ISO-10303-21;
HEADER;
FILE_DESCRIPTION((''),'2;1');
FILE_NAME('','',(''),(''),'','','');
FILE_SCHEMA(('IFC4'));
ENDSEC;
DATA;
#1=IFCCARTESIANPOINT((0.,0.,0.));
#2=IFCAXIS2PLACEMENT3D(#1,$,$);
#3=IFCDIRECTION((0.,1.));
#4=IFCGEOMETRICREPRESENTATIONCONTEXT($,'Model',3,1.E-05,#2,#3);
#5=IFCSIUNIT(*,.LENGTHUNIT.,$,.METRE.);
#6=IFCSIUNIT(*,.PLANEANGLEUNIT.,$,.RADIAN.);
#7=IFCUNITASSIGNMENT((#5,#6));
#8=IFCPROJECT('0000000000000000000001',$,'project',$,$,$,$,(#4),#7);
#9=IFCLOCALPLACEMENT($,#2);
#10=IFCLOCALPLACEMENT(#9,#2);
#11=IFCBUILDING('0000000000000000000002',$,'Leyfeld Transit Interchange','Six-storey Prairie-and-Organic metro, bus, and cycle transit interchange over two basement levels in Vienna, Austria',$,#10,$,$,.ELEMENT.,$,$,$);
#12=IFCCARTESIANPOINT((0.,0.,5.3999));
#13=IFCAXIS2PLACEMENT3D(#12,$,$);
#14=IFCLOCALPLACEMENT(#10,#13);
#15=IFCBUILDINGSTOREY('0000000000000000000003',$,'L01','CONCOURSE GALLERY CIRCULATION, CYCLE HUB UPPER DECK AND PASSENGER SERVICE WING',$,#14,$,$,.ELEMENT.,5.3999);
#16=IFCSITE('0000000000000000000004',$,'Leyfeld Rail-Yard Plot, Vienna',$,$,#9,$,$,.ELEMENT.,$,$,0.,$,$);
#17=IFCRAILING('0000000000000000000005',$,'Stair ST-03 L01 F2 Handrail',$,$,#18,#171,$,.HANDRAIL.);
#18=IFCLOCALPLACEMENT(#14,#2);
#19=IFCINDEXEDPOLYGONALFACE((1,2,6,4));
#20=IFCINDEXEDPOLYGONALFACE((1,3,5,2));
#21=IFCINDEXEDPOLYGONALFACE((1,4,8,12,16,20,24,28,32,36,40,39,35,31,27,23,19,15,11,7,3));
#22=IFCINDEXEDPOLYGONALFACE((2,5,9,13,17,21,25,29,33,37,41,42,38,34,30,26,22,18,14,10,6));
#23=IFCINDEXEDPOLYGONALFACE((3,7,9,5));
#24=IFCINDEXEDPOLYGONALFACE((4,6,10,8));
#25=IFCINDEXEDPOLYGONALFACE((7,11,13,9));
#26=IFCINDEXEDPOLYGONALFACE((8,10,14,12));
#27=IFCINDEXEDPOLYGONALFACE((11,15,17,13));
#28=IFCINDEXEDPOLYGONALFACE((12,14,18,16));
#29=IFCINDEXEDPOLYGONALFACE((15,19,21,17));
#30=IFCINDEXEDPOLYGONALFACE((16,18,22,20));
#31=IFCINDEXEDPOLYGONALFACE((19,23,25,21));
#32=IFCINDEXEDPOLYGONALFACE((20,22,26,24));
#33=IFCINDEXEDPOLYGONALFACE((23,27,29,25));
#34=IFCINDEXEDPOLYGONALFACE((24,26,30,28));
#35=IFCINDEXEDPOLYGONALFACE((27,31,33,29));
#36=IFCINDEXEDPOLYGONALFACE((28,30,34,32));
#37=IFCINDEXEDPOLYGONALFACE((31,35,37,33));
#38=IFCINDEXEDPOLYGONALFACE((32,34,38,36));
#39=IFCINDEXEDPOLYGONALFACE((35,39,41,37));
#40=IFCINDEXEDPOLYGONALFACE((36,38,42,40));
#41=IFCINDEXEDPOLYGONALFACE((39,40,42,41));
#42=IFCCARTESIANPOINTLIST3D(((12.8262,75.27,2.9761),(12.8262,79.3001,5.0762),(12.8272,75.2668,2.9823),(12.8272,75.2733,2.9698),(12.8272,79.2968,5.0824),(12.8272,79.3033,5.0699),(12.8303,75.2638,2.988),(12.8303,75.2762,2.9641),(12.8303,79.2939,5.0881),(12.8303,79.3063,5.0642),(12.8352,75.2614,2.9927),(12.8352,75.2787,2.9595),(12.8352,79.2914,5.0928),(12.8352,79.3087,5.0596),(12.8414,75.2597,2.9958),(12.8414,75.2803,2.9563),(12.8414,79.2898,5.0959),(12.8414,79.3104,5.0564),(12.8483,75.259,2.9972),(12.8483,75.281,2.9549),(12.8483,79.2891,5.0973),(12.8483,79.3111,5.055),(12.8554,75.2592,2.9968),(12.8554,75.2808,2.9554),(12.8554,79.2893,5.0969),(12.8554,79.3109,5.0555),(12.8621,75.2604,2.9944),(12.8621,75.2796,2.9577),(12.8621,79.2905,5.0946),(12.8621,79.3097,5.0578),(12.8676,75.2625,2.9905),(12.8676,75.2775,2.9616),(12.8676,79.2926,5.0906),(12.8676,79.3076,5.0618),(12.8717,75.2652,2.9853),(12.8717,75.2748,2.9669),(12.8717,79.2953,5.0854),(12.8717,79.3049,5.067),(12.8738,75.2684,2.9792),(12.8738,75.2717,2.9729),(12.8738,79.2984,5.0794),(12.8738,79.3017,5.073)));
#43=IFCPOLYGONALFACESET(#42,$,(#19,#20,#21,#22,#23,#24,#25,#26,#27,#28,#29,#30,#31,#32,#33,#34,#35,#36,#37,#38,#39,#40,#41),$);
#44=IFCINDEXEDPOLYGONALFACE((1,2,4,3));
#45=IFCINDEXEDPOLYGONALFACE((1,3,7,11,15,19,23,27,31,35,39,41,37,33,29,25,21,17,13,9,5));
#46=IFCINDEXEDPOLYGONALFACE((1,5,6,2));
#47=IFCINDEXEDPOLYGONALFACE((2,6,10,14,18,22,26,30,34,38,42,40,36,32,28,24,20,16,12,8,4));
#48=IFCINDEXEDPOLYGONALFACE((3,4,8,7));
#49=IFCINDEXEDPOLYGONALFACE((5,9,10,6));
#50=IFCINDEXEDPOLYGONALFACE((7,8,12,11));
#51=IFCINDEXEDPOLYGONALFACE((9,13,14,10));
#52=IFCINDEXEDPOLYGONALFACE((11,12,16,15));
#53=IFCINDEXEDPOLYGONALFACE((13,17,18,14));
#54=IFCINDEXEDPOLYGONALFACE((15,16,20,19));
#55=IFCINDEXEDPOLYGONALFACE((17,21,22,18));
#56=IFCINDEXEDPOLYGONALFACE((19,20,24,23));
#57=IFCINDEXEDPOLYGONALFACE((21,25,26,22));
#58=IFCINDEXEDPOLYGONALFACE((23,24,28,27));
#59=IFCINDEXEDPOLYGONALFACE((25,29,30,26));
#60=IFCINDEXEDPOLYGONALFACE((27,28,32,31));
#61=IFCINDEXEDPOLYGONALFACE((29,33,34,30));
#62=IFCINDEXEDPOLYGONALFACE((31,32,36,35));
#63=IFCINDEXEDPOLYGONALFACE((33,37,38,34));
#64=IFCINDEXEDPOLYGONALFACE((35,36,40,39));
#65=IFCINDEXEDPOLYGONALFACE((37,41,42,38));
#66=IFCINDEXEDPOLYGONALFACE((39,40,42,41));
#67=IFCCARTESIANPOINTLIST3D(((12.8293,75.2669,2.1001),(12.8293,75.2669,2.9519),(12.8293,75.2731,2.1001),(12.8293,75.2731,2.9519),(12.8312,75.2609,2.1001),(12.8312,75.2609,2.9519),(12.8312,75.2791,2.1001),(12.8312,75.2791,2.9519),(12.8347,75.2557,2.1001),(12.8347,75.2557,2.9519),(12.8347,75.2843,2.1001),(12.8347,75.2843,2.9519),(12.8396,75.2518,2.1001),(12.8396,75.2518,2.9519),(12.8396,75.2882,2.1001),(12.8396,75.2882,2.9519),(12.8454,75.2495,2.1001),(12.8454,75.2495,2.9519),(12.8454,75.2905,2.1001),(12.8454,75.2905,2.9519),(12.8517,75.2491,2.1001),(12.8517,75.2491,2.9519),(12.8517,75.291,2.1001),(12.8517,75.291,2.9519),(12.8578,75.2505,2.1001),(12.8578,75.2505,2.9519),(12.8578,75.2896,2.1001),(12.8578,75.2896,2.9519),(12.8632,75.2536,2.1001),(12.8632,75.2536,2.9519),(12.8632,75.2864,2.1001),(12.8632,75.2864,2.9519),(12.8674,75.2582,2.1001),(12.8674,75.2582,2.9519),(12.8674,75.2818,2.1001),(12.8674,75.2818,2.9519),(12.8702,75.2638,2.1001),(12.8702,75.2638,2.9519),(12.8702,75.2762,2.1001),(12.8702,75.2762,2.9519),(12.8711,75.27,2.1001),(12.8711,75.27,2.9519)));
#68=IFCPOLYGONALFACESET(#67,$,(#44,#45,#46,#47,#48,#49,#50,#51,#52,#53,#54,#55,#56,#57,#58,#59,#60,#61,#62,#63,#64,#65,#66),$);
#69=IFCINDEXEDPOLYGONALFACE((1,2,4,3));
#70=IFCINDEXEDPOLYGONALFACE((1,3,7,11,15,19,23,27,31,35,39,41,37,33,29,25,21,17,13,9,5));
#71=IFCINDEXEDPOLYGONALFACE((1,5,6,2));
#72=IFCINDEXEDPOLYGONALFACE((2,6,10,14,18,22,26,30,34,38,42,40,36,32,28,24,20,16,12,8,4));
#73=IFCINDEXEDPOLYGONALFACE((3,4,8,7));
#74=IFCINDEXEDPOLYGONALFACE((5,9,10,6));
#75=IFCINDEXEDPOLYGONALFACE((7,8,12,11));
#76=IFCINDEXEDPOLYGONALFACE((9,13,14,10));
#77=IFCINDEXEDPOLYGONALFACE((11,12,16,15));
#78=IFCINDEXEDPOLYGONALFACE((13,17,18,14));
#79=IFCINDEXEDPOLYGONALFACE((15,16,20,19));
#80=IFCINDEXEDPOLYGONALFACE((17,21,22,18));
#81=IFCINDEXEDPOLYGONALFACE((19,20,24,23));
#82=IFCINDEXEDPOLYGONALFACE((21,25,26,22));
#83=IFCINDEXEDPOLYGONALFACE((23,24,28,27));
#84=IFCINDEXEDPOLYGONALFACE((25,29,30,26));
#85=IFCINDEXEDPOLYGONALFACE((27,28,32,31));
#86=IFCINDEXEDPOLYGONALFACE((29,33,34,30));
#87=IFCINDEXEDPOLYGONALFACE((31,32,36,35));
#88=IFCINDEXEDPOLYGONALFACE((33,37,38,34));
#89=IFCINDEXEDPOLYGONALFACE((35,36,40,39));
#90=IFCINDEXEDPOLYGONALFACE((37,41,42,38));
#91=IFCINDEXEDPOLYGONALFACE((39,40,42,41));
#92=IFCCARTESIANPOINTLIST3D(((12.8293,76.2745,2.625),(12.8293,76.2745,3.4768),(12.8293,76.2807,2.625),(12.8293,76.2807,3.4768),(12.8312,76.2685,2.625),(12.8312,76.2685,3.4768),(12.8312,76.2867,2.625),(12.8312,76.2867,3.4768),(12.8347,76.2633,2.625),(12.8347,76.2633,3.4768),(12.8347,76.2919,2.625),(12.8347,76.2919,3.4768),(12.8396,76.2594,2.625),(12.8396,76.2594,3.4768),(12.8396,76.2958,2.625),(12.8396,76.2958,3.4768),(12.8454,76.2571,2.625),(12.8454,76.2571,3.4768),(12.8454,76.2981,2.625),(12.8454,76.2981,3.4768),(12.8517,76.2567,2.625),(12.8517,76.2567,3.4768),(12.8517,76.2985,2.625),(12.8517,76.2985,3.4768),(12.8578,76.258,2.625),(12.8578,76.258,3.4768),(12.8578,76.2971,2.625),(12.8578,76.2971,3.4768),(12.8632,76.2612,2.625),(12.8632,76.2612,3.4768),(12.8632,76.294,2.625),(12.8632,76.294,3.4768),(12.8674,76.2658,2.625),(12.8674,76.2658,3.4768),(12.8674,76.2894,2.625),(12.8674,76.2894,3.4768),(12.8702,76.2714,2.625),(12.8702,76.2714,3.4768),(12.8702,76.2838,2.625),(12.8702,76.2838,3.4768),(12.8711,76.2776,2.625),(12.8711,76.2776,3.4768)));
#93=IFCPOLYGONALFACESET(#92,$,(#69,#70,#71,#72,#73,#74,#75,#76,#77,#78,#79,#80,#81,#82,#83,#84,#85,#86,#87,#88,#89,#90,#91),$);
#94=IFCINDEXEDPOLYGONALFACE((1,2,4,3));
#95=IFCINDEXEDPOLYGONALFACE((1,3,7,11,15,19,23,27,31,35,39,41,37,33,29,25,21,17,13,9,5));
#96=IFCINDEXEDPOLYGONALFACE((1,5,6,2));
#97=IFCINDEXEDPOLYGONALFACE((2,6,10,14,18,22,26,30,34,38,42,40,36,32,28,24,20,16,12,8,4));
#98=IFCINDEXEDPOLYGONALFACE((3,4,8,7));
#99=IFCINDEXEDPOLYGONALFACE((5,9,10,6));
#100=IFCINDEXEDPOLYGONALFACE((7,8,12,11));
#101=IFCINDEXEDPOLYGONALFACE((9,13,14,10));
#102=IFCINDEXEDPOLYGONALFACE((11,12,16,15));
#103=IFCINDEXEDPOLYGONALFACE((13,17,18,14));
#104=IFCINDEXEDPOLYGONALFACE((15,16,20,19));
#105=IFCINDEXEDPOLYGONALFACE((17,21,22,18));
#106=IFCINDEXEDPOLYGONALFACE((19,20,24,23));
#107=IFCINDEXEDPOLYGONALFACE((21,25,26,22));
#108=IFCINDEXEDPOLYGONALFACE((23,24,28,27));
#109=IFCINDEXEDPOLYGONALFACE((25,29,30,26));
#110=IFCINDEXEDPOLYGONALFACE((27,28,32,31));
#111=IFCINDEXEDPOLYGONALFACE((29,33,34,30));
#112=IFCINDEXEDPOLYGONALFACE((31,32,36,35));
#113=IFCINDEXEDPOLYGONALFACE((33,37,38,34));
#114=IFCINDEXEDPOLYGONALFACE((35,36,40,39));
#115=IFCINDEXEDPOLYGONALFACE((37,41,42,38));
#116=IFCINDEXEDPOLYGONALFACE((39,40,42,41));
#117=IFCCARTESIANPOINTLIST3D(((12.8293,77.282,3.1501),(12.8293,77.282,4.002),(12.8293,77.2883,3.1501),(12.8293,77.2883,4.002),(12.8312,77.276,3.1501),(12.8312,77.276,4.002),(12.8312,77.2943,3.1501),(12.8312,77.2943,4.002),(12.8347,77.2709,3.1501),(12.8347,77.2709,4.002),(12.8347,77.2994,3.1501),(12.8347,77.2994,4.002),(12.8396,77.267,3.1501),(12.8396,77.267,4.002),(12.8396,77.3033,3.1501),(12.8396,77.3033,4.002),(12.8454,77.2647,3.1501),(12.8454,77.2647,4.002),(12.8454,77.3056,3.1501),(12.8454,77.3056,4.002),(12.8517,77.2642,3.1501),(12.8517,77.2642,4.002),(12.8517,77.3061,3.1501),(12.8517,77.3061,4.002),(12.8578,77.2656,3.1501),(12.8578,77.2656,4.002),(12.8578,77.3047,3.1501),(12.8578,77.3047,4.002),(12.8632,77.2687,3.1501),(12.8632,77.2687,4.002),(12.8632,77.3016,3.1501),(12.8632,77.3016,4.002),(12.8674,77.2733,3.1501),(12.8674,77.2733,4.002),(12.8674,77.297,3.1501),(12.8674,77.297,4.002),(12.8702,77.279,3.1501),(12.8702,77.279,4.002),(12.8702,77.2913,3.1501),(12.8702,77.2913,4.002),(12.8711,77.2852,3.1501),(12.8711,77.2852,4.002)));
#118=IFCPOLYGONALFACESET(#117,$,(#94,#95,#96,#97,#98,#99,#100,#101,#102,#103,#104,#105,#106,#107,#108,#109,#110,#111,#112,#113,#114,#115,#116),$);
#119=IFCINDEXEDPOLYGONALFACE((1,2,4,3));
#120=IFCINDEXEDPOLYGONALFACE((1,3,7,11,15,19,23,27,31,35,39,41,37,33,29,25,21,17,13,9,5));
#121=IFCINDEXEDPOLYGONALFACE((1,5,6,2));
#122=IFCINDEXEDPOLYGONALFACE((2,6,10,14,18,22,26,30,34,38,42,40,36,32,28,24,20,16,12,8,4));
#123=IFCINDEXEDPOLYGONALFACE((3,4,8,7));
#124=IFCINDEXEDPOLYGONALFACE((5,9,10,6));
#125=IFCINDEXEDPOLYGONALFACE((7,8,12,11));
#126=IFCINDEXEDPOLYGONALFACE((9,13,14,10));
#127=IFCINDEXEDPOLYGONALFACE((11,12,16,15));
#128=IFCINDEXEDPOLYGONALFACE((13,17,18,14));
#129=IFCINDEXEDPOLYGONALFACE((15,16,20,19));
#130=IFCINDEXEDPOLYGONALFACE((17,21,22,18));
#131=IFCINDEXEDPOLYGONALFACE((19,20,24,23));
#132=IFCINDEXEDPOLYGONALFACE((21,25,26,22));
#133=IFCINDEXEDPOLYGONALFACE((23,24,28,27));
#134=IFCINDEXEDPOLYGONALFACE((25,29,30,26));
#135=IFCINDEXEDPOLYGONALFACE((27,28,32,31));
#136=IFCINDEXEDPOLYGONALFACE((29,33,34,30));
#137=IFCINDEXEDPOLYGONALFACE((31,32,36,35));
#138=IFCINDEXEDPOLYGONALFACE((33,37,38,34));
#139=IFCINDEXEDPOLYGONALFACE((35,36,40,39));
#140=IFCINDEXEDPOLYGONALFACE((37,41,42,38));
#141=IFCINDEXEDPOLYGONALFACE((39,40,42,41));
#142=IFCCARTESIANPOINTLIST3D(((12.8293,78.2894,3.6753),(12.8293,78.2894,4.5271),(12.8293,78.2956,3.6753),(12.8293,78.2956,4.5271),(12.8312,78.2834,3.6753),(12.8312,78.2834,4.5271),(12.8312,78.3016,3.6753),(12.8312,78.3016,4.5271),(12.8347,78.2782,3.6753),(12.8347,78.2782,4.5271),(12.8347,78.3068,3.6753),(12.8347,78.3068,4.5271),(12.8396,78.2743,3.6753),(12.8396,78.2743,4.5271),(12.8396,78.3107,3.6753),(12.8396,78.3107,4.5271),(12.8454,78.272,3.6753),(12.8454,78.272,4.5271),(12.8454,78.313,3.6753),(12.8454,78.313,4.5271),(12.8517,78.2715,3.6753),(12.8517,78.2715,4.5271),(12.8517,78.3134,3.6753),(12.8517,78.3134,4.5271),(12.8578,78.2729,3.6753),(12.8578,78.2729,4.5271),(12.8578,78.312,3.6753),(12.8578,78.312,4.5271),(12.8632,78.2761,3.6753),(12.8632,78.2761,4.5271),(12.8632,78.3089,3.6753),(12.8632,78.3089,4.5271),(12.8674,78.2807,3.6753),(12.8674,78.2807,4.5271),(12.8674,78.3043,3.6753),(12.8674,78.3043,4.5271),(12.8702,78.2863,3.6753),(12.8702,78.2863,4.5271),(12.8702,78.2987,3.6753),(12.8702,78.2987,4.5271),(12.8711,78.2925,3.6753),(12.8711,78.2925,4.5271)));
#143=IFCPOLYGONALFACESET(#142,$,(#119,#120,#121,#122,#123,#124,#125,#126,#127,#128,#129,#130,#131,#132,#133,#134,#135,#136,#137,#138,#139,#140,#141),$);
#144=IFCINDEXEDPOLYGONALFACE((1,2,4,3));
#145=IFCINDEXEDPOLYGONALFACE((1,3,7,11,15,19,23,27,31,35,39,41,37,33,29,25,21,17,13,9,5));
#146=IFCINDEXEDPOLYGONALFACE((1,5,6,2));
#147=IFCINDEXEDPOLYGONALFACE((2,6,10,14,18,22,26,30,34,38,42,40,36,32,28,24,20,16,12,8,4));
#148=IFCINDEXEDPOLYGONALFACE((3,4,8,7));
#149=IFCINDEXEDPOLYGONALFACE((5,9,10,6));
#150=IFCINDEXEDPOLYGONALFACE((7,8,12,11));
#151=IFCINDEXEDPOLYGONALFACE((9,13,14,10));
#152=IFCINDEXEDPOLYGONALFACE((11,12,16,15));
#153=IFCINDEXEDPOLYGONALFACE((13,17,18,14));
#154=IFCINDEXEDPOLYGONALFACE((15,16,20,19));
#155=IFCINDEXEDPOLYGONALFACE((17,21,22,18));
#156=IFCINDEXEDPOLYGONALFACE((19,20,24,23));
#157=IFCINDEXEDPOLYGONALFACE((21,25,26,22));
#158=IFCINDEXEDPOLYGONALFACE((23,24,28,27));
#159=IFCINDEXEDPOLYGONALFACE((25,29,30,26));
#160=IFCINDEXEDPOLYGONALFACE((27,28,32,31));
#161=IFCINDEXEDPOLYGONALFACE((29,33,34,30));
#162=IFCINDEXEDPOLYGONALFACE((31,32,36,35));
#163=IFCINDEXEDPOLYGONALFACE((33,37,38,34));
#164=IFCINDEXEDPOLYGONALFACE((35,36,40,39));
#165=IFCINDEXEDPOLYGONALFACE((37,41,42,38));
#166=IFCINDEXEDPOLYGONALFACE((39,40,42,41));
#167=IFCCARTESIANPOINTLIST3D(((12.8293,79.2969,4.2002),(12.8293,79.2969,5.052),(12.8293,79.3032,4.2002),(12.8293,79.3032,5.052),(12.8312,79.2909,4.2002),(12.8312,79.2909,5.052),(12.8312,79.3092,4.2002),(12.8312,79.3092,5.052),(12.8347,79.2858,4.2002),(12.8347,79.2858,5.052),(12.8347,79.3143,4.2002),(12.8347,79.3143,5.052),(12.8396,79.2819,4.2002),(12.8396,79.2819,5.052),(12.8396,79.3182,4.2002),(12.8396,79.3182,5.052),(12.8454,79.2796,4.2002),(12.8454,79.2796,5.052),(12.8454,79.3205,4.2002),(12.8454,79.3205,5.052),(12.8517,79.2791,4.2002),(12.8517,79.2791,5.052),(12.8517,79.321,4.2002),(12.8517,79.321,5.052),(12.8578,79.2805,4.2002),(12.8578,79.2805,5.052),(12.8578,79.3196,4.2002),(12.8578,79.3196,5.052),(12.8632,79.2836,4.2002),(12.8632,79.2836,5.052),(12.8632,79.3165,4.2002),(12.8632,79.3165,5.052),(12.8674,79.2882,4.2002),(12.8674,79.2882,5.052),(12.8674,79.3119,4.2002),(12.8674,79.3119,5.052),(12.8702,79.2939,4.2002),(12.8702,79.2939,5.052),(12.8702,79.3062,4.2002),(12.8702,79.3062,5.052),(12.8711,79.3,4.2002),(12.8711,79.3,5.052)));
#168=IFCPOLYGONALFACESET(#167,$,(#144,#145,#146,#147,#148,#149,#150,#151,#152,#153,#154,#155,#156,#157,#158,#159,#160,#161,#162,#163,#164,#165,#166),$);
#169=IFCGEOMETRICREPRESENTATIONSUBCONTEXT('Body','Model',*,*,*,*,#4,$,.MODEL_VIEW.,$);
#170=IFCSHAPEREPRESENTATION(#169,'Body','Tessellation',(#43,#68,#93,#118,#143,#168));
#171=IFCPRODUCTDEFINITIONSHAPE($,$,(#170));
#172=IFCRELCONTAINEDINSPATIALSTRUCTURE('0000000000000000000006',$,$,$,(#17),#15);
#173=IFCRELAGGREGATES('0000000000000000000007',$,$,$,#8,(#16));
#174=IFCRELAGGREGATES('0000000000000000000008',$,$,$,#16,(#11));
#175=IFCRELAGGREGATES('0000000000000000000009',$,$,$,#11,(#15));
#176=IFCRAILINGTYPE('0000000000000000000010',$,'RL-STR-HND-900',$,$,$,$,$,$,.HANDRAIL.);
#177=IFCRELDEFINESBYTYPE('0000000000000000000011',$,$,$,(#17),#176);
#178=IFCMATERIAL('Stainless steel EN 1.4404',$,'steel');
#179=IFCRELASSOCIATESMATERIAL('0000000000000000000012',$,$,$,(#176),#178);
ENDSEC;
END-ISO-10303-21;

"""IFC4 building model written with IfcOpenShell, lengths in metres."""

from ifc_helpers import new_model, si_unit, direction, frame, origin, origin_2d, place, context, subcontext, project, spatial, circle, extrude, material, type_object, element, save


model = new_model("IFC4")

# Units and contexts
model_context = context("Model", 3, precision=1e-05, world=origin(), true_north=direction((0.0, 1.0)))
body_context = subcontext(model_context, "Body", "Model", "MODEL_VIEW")
ifc_project = project(units=[si_unit("LENGTHUNIT", "METRE"), si_unit("PLANEANGLEUNIT", "RADIAN")], contexts=[model_context])

# Site, building, storey
site_placement = place(None, origin())
site = spatial("IfcSite", under=ifc_project, at=site_placement, Name="Leyfeld Rail-Yard Plot, Vienna", CompositionType="ELEMENT", RefElevation=0.0)
building_placement = place(site_placement, origin())
building = spatial("IfcBuilding", under=site, at=building_placement, Name="Leyfeld Transit Interchange", Description="Six-storey Prairie-and-Organic metro, bus, and cycle transit interchange over two basement levels in Vienna, Austria", CompositionType="ELEMENT")
storey_placement = place(building_placement, frame((0.0, 0.0, 5.3999)))
storey = spatial("IfcBuildingStorey", under=building, at=storey_placement, Name="L01", Description="CONCOURSE GALLERY CIRCULATION, CYCLE HUB UPPER DECK AND PASSENGER SERVICE WING", CompositionType="ELEMENT", Elevation=5.3999)

# Shared definitions
ifc_material_1 = material(Name="Stainless steel EN 1.4404", Category="steel")

# Railing
railing_type_1 = type_object("IfcRailingType", Name="RL-STR-HND-900", PredefinedType="HANDRAIL", material=ifc_material_1)
railing_1_placement = place(storey_placement, frame((12.8501, 75.27, 2.1001)))
element("IfcRailing", 1, at=railing_1_placement, inside=storey, type_object=railing_type_1, Name="Stair ST-03 L01 F2 Handrail", PredefinedType="HANDRAIL", context=body_context, shape_type="SweptSolid", body=[
    extrude(circle(Radius=0.0239, at=origin_2d()), frame((0.0, 0.0, 0.876), z_axis=(0.0, 0.886813, 0.462129), x_axis=(-1.0, 0.0, 0.0)), (0.0, 0.0, 1.0), 4.5444),
    extrude(circle(Radius=0.021, at=origin_2d()), origin(), (0.0, 0.0, 1.0), 0.8518),
    extrude(circle(Radius=0.021, at=origin_2d()), frame((0.0, 1.0076, 0.5249)), (0.0, 0.0, 1.0), 0.8518),
    extrude(circle(Radius=0.021, at=origin_2d()), frame((0.0, 2.0151, 1.05)), (0.0, 0.0, 1.0), 0.8518),
    extrude(circle(Radius=0.021, at=origin_2d()), frame((0.0, 3.0225, 1.5752)), (0.0, 0.0, 1.0), 0.8518),
    extrude(circle(Radius=0.021, at=origin_2d()), frame((0.0, 4.03, 2.1001)), (0.0, 0.0, 1.0), 0.8518),
])

save(model, "model.ifc")
